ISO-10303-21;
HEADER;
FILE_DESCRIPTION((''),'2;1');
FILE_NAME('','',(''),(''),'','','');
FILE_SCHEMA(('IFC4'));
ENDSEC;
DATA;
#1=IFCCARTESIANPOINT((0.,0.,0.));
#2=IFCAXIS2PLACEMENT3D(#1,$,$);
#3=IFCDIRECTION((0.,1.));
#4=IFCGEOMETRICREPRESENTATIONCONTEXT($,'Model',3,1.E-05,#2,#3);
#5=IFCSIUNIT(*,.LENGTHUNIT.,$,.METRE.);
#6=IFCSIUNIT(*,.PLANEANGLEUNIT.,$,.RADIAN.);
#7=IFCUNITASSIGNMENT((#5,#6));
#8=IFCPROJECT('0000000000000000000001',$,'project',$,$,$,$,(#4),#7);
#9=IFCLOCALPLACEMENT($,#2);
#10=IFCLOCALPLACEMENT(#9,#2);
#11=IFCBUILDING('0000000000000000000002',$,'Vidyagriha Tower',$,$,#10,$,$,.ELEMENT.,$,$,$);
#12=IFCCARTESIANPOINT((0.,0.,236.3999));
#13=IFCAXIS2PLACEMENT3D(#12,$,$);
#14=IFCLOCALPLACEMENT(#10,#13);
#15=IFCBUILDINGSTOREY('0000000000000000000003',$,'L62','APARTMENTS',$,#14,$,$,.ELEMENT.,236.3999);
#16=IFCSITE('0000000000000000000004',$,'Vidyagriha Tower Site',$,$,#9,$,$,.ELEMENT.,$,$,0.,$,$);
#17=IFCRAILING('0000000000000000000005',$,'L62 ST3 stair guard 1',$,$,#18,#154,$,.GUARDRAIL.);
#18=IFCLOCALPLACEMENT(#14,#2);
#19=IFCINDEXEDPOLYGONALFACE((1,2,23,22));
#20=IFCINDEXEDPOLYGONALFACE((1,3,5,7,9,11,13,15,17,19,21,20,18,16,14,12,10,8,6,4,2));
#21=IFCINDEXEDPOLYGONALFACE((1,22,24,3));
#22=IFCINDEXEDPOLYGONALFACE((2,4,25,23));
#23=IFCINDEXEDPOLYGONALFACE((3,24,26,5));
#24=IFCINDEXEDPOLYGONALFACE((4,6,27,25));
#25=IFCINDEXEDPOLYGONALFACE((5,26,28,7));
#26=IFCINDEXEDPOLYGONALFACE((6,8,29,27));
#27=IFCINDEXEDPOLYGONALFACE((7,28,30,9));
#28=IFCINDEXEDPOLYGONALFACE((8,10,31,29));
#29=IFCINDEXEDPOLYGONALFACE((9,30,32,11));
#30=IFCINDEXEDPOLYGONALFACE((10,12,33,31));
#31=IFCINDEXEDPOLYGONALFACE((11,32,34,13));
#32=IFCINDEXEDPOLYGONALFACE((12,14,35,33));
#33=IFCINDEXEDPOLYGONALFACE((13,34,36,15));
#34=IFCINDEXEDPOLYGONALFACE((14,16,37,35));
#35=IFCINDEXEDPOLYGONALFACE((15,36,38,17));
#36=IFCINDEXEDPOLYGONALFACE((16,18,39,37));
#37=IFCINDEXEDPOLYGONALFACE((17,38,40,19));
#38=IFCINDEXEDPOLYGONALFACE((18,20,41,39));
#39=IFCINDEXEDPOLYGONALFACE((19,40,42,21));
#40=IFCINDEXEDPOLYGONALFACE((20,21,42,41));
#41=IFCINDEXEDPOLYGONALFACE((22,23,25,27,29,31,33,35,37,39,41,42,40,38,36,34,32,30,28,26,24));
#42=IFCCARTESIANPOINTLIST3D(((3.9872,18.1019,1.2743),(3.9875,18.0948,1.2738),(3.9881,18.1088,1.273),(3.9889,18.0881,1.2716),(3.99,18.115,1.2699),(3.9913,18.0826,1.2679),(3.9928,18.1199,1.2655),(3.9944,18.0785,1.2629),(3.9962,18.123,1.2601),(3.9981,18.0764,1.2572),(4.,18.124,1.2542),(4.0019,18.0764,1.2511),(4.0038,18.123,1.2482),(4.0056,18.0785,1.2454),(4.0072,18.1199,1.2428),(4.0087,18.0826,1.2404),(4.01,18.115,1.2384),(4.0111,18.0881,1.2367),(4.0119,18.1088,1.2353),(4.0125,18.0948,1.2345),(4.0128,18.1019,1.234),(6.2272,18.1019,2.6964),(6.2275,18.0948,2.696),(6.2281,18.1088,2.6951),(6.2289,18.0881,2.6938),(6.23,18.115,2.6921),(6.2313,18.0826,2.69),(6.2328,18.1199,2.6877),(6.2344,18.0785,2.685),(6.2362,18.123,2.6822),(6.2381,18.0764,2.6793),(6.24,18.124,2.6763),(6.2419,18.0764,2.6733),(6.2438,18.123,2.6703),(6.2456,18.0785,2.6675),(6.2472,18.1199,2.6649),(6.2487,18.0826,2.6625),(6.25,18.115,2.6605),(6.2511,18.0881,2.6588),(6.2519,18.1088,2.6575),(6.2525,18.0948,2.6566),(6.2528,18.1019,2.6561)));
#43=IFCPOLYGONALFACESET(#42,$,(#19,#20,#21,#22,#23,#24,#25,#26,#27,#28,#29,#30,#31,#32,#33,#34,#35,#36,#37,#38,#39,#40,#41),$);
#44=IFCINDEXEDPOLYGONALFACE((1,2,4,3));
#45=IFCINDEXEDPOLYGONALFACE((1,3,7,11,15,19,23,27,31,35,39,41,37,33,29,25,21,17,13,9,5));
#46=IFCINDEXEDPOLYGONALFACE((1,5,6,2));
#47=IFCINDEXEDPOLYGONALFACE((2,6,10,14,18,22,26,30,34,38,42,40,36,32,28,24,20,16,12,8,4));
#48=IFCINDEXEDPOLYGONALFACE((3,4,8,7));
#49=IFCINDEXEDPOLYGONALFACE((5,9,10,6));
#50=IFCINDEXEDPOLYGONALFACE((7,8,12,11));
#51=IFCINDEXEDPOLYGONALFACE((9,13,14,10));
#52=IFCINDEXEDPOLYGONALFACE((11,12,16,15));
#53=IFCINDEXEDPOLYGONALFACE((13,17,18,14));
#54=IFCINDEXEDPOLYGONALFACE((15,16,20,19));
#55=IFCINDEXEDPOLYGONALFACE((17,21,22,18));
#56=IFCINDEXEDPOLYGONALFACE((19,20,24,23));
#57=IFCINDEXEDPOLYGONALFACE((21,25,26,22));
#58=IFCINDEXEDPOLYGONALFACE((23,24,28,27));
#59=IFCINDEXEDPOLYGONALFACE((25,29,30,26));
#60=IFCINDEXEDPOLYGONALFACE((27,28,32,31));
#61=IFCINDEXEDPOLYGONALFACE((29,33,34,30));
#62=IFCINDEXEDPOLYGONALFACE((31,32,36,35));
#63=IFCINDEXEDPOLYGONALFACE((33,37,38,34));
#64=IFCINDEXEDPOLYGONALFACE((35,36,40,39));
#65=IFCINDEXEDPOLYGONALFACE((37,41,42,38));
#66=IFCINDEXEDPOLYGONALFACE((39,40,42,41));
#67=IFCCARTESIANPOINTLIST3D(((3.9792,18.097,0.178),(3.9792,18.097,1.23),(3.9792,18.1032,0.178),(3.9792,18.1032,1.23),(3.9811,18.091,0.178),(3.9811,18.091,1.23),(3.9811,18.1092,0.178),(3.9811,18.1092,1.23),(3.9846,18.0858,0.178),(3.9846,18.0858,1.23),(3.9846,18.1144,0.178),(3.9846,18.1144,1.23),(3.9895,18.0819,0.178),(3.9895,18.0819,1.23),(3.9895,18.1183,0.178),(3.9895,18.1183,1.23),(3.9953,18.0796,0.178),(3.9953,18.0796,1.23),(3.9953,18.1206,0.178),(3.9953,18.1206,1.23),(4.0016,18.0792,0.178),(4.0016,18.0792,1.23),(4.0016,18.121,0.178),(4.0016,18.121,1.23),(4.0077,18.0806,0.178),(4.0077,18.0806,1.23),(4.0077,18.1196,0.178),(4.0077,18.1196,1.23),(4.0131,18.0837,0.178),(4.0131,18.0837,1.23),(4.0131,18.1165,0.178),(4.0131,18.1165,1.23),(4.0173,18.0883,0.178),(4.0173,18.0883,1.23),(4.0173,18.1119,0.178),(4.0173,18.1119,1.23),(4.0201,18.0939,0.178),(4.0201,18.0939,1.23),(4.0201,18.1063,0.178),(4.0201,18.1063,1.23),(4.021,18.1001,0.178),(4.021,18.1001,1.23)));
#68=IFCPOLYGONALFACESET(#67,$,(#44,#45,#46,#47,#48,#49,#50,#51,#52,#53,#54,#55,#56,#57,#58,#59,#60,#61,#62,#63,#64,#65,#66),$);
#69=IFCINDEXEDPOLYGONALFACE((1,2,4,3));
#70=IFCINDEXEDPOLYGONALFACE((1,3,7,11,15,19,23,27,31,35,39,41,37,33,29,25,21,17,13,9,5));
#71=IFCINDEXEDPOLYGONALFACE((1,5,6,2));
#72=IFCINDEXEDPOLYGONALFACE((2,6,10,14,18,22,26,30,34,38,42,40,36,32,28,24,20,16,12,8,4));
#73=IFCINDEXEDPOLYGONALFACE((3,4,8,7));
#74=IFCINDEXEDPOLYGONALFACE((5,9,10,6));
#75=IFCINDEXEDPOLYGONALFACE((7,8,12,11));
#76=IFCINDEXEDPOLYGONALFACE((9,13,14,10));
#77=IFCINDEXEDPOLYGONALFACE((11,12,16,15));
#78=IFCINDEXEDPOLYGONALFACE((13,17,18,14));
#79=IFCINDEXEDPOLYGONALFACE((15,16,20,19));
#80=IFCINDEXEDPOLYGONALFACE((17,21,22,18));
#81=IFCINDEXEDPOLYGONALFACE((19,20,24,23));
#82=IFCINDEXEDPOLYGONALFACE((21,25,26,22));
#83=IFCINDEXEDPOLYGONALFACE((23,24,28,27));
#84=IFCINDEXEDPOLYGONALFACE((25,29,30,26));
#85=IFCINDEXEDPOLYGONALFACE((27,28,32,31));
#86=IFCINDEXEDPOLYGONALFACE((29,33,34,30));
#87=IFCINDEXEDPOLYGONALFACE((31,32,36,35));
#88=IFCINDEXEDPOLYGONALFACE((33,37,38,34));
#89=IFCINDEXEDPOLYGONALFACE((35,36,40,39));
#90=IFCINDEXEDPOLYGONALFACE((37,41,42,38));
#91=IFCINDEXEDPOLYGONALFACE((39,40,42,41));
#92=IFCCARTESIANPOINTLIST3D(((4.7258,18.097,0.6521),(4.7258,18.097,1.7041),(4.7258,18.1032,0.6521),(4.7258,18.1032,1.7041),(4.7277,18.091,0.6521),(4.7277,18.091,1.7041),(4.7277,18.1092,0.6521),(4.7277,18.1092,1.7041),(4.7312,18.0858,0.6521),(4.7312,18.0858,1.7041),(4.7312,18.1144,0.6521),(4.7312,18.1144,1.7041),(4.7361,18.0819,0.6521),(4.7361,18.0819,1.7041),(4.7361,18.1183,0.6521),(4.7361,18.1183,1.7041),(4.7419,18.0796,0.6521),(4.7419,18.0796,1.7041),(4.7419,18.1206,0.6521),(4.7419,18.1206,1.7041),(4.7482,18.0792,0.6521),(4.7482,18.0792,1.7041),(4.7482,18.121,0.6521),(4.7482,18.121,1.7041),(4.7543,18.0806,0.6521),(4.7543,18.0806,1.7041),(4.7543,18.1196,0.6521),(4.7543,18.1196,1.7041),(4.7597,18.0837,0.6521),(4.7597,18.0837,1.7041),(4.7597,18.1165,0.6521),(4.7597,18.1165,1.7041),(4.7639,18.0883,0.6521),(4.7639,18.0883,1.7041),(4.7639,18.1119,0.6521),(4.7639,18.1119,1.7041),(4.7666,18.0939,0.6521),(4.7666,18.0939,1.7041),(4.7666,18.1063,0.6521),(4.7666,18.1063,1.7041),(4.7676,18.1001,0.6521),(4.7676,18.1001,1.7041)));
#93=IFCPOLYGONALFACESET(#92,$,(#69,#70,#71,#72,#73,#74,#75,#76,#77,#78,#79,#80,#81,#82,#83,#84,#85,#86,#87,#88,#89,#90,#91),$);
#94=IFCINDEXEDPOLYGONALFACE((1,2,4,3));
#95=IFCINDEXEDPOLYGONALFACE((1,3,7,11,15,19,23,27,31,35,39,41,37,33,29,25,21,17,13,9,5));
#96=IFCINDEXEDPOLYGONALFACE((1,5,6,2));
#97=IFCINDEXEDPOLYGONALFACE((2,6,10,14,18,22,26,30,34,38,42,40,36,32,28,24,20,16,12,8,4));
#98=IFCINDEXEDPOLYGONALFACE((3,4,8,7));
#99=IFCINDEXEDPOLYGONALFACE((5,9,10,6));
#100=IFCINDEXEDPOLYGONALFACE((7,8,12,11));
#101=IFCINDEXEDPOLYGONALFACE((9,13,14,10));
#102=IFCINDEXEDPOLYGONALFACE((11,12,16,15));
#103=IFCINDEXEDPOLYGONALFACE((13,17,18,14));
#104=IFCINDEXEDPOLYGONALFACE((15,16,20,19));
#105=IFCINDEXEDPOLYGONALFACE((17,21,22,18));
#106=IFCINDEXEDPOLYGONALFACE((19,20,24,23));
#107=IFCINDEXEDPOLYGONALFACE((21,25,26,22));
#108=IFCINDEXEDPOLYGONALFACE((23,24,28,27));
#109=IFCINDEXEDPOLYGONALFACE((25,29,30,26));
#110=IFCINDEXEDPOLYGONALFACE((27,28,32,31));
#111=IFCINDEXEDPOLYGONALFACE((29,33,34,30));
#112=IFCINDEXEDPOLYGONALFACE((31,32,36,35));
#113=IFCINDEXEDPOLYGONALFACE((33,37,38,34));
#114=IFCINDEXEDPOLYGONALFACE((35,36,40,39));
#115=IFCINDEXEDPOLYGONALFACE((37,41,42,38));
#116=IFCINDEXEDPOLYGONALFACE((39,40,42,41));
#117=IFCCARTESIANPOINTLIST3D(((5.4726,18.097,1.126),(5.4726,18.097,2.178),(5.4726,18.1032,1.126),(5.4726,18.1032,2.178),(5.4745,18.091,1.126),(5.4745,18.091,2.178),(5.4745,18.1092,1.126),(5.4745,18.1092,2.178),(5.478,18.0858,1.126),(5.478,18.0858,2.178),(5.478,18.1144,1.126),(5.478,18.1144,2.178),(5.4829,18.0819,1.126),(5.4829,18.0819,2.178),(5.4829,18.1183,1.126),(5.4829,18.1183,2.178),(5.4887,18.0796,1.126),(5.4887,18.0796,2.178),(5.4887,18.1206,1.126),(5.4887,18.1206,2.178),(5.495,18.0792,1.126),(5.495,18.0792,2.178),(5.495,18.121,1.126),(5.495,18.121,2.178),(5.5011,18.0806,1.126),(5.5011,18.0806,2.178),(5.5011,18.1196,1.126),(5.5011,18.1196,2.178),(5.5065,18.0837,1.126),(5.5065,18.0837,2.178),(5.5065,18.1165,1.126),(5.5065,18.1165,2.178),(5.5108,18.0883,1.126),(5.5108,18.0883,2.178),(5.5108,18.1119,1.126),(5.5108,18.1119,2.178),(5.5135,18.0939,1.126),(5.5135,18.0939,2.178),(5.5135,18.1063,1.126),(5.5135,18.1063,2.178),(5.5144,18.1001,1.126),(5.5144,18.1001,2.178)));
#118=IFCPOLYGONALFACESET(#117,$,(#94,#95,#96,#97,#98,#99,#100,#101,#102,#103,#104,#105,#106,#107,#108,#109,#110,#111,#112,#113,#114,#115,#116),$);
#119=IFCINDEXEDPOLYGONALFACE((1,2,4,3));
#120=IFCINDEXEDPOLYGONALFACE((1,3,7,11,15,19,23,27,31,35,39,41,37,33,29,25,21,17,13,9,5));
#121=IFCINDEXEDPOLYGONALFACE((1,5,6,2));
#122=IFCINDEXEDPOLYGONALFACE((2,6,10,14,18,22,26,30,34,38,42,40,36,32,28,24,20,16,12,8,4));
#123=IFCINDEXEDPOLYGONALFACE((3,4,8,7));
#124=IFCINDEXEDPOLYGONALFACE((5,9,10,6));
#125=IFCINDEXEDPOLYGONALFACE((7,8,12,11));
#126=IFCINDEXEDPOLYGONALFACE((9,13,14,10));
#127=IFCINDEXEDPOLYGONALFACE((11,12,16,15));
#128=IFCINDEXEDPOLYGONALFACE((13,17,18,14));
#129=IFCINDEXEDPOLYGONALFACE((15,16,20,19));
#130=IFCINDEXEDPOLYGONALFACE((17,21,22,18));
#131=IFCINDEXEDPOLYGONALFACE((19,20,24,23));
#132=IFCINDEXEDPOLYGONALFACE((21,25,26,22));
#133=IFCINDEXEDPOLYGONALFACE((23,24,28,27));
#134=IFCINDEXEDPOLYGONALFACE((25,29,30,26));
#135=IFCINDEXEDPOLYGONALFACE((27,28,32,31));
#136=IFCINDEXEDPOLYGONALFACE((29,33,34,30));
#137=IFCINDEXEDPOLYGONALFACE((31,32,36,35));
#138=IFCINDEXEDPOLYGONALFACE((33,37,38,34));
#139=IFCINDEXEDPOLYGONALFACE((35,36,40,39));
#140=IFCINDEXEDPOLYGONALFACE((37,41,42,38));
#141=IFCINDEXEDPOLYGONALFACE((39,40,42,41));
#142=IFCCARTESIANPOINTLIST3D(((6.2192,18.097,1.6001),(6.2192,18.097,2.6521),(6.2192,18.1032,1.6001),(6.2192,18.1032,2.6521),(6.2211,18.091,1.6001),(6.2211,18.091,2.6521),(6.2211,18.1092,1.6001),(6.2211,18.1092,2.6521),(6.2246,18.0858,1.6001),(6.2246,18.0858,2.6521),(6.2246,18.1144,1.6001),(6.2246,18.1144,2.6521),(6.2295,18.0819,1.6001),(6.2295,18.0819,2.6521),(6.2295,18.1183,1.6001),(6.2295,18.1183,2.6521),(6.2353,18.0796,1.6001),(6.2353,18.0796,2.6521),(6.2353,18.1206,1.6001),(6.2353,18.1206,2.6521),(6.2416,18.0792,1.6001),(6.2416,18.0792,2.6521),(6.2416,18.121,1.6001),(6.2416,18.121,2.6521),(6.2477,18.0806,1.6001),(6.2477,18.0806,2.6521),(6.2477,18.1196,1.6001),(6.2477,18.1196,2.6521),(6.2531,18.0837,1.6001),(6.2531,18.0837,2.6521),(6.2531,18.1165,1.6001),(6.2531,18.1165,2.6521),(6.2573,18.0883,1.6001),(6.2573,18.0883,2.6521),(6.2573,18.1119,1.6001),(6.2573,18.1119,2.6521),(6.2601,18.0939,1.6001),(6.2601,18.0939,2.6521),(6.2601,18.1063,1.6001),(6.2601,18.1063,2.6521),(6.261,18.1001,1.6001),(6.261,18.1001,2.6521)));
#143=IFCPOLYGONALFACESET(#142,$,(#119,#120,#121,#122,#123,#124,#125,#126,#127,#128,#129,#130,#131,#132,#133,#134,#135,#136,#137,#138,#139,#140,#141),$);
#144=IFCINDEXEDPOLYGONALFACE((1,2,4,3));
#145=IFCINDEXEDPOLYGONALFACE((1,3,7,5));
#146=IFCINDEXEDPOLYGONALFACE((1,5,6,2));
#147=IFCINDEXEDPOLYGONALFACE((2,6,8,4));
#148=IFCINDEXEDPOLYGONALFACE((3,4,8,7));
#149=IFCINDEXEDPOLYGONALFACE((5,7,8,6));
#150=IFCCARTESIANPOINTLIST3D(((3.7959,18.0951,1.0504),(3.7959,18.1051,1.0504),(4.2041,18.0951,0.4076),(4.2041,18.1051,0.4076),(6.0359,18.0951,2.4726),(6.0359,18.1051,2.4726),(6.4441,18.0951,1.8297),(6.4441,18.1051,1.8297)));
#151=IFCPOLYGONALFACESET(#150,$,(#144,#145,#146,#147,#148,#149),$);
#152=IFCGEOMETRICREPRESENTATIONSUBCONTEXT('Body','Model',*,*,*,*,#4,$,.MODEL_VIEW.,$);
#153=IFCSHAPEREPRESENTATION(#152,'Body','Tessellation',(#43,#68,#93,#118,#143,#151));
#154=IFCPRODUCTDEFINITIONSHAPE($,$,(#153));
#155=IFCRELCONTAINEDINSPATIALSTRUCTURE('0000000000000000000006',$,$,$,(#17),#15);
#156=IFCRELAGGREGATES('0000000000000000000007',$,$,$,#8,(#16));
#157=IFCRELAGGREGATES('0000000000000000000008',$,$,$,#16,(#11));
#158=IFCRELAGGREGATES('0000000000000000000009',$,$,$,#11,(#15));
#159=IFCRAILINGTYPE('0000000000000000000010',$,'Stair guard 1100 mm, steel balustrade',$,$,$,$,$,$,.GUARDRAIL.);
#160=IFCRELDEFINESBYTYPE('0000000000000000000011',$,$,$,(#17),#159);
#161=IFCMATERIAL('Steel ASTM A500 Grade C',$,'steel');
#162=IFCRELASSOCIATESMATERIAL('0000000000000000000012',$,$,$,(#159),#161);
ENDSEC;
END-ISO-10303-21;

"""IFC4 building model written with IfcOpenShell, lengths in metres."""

from ifc_helpers import new_model, si_unit, direction, frame, origin, origin_2d, place, context, subcontext, project, spatial, rectangle, circle, extrude, material, type_object, element, save


model = new_model("IFC4")

# Units and contexts
model_context = context("Model", 3, precision=1e-05, world=origin(), true_north=direction((0.0, 1.0)))
body_context = subcontext(model_context, "Body", "Model", "MODEL_VIEW")
ifc_project = project(units=[si_unit("LENGTHUNIT", "METRE"), si_unit("PLANEANGLEUNIT", "RADIAN")], contexts=[model_context])

# Site, building, storey
site_placement = place(None, origin())
site = spatial("IfcSite", under=ifc_project, at=site_placement, Name="Vidyagriha Tower Site", CompositionType="ELEMENT", RefElevation=0.0)
building_placement = place(site_placement, origin())
building = spatial("IfcBuilding", under=site, at=building_placement, Name="Vidyagriha Tower", CompositionType="ELEMENT")
storey_placement = place(building_placement, frame((0.0, 0.0, 236.3999)))
storey = spatial("IfcBuildingStorey", under=building, at=storey_placement, Name="L62", Description="APARTMENTS", CompositionType="ELEMENT", Elevation=236.3999)

# Railing
ifc_material_1 = material(Name="Steel ASTM A500 Grade C", Category="steel")
railing_type_1 = type_object("IfcRailingType", Name="Stair guard 1100 mm, steel balustrade", PredefinedType="GUARDRAIL", material=ifc_material_1)
railing_1_placement = place(storey_placement, frame((4.0, 18.1001, 0.178)))
element("IfcRailing", 1, at=railing_1_placement, inside=storey, type_object=railing_type_1, Name="L62 ST3 stair guard 1", PredefinedType="GUARDRAIL", context=body_context, shape_type="SweptSolid", body=[
    extrude(circle(Radius=0.0239, at=origin_2d()), frame((0.0, 0.0, 1.0762), z_axis=(0.844229, 0.0, 0.535982), x_axis=(0.0, 1.0, 0.0)), (0.0, 0.0, 1.0), 2.6533),
    extrude(circle(Radius=0.021, at=origin_2d()), origin(), (0.0, 0.0, 1.0), 1.052),
    extrude(circle(Radius=0.021, at=origin_2d()), frame((0.7466, 0.0, 0.4741)), (0.0, 0.0, 1.0), 1.052),
    extrude(circle(Radius=0.021, at=origin_2d()), frame((1.4934, 0.0, 0.948)), (0.0, 0.0, 1.0), 1.052),
    extrude(circle(Radius=0.021, at=origin_2d()), frame((2.24, 0.0, 1.4221)), (0.0, 0.0, 1.0), 1.052),
    extrude(rectangle(XDim=0.01, YDim=0.7615, at=origin_2d()), frame((0.0, 0.0, 0.551), z_axis=(0.844229, 0.0, 0.535982), x_axis=(0.0, 1.0, 0.0)), (0.0, 0.0, 1.0), 2.6533),
])

save(model, "model.ifc")
